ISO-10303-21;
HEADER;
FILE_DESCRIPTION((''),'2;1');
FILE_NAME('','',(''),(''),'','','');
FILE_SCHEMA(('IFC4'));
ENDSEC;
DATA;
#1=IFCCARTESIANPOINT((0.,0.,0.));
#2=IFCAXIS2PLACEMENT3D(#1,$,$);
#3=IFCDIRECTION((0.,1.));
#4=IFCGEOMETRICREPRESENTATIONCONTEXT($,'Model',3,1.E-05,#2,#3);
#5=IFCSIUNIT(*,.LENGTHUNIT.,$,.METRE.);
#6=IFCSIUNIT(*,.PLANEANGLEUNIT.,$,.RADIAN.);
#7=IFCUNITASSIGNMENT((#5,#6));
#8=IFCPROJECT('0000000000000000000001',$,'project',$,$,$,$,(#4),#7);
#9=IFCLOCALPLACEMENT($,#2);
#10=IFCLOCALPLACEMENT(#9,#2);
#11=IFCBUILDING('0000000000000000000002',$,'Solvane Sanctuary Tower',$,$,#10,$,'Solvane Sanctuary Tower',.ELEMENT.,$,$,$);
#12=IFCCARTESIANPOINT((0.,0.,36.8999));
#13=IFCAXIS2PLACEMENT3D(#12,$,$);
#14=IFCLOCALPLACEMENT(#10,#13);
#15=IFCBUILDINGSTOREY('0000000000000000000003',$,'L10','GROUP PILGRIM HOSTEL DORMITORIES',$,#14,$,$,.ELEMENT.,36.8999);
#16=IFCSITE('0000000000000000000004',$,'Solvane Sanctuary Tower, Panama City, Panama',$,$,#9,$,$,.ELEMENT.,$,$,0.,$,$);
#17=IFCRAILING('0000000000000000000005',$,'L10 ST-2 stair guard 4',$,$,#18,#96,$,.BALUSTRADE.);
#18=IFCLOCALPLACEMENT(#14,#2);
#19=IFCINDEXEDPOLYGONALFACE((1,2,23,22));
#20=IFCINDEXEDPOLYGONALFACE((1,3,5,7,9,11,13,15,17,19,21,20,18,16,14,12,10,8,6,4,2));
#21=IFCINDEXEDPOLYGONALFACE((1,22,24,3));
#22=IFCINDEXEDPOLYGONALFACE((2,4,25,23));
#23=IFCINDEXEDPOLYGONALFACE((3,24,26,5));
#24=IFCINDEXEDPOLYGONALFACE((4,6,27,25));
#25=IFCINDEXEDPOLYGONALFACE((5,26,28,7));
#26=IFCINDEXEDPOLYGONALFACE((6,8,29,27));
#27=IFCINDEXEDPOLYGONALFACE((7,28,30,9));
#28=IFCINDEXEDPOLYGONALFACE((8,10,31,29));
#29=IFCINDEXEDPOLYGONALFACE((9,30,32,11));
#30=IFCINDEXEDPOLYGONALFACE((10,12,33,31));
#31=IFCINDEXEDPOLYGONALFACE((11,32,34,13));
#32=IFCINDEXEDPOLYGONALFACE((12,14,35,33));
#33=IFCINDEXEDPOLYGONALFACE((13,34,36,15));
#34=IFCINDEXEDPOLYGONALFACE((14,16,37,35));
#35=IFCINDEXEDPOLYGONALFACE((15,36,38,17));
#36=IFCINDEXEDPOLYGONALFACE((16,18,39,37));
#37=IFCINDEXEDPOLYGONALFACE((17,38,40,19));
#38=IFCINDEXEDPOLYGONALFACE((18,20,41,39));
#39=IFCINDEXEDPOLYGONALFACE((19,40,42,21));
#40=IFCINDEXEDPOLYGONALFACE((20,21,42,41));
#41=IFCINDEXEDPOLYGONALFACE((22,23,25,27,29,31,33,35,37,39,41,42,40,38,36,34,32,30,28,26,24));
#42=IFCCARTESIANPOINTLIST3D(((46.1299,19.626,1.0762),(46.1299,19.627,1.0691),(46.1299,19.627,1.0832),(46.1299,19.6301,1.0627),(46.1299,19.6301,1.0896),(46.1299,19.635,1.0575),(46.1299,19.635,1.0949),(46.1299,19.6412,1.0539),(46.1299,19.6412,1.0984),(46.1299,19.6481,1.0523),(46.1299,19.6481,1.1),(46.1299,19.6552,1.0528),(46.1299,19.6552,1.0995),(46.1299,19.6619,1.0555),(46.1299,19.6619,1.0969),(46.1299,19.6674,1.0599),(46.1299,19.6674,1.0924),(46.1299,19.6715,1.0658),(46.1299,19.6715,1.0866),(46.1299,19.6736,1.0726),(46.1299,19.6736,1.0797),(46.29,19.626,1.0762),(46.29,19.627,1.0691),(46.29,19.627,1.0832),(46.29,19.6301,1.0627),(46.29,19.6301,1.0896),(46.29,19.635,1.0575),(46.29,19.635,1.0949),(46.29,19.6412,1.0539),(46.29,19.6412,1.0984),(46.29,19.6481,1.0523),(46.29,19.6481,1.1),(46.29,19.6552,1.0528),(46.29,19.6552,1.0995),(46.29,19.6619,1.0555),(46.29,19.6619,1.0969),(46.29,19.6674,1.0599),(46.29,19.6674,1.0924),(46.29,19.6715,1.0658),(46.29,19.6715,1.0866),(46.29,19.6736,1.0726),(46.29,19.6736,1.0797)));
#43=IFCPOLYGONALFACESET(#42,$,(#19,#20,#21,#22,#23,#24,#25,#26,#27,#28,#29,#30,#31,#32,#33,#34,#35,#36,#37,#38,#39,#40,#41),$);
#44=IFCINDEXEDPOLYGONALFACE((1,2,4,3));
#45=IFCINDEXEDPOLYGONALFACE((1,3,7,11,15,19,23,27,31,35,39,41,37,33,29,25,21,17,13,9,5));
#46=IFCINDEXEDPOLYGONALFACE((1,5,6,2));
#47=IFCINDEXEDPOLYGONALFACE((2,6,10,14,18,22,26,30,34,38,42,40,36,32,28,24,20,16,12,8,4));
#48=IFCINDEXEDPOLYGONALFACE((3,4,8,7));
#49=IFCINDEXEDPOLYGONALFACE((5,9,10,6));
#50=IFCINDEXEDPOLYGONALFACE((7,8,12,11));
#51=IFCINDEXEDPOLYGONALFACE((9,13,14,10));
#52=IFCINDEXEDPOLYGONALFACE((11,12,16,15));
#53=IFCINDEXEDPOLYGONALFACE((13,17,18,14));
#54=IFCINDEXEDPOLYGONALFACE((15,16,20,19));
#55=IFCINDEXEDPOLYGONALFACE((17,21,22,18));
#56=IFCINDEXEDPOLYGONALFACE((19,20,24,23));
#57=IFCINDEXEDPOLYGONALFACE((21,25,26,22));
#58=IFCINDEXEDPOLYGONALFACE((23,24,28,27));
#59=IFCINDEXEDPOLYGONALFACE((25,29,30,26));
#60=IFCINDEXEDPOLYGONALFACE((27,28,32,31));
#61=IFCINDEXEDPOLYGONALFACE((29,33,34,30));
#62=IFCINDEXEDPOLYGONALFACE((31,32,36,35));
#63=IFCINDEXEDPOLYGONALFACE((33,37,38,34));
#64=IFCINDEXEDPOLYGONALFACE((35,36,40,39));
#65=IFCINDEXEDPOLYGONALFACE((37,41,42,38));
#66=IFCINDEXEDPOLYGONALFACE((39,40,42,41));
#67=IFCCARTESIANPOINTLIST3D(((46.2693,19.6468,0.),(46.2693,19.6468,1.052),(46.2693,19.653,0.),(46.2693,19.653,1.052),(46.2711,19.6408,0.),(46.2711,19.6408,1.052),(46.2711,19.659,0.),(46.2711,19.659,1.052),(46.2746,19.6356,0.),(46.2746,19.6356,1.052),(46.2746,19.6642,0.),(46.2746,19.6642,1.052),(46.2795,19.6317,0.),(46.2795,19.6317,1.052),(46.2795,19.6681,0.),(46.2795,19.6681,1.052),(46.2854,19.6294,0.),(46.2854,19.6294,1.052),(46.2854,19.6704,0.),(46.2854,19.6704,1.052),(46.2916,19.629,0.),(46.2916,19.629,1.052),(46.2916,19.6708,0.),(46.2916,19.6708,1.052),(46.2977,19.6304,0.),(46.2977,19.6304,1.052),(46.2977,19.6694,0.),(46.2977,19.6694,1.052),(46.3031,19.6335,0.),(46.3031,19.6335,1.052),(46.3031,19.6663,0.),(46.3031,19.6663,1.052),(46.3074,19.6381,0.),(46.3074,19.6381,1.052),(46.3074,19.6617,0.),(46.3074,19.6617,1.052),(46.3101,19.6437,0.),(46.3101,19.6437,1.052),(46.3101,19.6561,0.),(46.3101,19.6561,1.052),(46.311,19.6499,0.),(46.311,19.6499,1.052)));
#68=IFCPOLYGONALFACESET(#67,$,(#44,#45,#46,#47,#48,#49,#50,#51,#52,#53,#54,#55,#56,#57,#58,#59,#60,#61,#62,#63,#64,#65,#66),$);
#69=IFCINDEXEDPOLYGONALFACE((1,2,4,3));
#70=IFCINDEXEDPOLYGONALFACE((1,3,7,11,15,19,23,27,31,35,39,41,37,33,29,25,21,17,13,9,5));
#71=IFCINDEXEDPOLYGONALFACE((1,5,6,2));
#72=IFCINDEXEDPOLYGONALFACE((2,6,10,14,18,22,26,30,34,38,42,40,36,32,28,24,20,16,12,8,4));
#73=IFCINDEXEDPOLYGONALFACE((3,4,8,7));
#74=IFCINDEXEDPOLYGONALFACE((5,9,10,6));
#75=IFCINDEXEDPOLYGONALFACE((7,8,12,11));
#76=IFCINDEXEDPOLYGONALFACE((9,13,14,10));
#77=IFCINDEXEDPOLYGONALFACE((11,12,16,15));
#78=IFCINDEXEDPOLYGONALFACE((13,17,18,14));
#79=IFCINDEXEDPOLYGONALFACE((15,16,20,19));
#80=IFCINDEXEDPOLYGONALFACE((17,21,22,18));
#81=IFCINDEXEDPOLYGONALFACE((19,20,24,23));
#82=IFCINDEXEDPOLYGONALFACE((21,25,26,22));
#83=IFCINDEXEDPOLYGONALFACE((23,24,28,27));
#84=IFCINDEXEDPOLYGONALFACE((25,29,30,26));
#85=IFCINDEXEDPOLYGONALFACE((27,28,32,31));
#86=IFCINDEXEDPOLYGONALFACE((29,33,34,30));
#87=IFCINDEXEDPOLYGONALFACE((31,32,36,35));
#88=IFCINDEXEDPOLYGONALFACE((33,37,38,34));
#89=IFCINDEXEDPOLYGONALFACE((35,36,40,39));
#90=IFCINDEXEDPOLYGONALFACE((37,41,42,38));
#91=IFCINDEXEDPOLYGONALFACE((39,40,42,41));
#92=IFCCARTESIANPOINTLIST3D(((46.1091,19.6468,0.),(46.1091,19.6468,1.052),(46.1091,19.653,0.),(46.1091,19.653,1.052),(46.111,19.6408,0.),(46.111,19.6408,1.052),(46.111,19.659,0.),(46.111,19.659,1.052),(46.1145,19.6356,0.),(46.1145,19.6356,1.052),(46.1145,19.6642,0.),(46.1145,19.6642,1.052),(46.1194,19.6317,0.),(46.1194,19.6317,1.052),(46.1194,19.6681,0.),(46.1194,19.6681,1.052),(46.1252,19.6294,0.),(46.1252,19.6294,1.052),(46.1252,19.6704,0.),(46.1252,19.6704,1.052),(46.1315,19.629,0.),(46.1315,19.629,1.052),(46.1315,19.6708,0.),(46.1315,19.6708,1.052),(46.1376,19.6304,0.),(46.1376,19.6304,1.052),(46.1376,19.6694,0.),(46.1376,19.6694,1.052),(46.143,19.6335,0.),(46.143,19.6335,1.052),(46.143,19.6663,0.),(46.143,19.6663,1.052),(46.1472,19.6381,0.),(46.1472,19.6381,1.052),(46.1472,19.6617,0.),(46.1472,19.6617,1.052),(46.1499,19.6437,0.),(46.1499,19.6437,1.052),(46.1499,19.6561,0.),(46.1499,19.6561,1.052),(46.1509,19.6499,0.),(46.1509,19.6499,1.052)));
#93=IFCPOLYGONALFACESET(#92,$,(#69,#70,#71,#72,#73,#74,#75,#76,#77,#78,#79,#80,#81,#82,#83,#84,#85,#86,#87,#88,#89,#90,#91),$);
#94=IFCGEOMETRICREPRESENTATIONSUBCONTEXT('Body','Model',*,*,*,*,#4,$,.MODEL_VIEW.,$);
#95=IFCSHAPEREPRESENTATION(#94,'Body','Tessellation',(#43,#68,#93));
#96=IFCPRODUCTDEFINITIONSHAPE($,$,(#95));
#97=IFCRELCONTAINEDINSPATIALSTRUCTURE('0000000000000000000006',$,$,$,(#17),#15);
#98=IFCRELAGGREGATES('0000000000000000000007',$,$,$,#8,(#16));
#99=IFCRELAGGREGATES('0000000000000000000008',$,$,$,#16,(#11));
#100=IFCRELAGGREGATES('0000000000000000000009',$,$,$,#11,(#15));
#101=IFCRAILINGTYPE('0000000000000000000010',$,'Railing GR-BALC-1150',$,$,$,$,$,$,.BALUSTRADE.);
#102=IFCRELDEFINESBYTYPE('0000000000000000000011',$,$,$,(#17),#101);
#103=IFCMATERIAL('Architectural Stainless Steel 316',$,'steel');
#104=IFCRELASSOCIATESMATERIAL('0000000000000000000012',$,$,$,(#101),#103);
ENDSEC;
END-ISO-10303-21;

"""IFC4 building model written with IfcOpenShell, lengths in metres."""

from ifc_helpers import new_model, si_unit, direction, frame, origin, origin_2d, place, context, subcontext, project, spatial, circle, extrude, material, type_object, element, save


model = new_model("IFC4")

# Units and contexts
model_context = context("Model", 3, precision=1e-05, world=origin(), true_north=direction((0.0, 1.0)))
body_context = subcontext(model_context, "Body", "Model", "MODEL_VIEW")
ifc_project = project(units=[si_unit("LENGTHUNIT", "METRE"), si_unit("PLANEANGLEUNIT", "RADIAN")], contexts=[model_context])

# Site, building, storey
site_placement = place(None, origin())
site = spatial("IfcSite", under=ifc_project, at=site_placement, Name="Solvane Sanctuary Tower, Panama City, Panama", CompositionType="ELEMENT", RefElevation=0.0)
building_placement = place(site_placement, origin())
building = spatial("IfcBuilding", under=site, at=building_placement, Name="Solvane Sanctuary Tower", LongName="Solvane Sanctuary Tower", CompositionType="ELEMENT")
storey_placement = place(building_placement, frame((0.0, 0.0, 36.8999)))
storey = spatial("IfcBuildingStorey", under=building, at=storey_placement, Name="L10", Description="GROUP PILGRIM HOSTEL DORMITORIES", CompositionType="ELEMENT", Elevation=36.8999)

# Shared definitions
ifc_material_1 = material(Name="Architectural Stainless Steel 316", Category="steel")

# Railing
railing_type_1 = type_object("IfcRailingType", Name="Railing GR-BALC-1150", PredefinedType="BALUSTRADE", material=ifc_material_1)
railing_1_placement = place(storey_placement, frame((46.29, 19.6499, 0.0)))
element("IfcRailing", 1, at=railing_1_placement, inside=storey, type_object=railing_type_1, Name="L10 ST-2 stair guard 4", PredefinedType="BALUSTRADE", context=body_context, shape_type="SweptSolid", body=[
    extrude(circle(Radius=0.0239, at=origin_2d()), frame((0.0, 0.0, 1.0762), z_axis=(-1.0, 0.0, 0.0), x_axis=(0.0, -1.0, 0.0)), (0.0, 0.0, 1.0), 0.1602),
    extrude(circle(Radius=0.021, at=origin_2d()), origin(), (0.0, 0.0, 1.0), 1.052),
    extrude(circle(Radius=0.021, at=origin_2d()), frame((-0.1602, 0.0, 0.0)), (0.0, 0.0, 1.0), 1.052),
])

save(model, "model.ifc")
